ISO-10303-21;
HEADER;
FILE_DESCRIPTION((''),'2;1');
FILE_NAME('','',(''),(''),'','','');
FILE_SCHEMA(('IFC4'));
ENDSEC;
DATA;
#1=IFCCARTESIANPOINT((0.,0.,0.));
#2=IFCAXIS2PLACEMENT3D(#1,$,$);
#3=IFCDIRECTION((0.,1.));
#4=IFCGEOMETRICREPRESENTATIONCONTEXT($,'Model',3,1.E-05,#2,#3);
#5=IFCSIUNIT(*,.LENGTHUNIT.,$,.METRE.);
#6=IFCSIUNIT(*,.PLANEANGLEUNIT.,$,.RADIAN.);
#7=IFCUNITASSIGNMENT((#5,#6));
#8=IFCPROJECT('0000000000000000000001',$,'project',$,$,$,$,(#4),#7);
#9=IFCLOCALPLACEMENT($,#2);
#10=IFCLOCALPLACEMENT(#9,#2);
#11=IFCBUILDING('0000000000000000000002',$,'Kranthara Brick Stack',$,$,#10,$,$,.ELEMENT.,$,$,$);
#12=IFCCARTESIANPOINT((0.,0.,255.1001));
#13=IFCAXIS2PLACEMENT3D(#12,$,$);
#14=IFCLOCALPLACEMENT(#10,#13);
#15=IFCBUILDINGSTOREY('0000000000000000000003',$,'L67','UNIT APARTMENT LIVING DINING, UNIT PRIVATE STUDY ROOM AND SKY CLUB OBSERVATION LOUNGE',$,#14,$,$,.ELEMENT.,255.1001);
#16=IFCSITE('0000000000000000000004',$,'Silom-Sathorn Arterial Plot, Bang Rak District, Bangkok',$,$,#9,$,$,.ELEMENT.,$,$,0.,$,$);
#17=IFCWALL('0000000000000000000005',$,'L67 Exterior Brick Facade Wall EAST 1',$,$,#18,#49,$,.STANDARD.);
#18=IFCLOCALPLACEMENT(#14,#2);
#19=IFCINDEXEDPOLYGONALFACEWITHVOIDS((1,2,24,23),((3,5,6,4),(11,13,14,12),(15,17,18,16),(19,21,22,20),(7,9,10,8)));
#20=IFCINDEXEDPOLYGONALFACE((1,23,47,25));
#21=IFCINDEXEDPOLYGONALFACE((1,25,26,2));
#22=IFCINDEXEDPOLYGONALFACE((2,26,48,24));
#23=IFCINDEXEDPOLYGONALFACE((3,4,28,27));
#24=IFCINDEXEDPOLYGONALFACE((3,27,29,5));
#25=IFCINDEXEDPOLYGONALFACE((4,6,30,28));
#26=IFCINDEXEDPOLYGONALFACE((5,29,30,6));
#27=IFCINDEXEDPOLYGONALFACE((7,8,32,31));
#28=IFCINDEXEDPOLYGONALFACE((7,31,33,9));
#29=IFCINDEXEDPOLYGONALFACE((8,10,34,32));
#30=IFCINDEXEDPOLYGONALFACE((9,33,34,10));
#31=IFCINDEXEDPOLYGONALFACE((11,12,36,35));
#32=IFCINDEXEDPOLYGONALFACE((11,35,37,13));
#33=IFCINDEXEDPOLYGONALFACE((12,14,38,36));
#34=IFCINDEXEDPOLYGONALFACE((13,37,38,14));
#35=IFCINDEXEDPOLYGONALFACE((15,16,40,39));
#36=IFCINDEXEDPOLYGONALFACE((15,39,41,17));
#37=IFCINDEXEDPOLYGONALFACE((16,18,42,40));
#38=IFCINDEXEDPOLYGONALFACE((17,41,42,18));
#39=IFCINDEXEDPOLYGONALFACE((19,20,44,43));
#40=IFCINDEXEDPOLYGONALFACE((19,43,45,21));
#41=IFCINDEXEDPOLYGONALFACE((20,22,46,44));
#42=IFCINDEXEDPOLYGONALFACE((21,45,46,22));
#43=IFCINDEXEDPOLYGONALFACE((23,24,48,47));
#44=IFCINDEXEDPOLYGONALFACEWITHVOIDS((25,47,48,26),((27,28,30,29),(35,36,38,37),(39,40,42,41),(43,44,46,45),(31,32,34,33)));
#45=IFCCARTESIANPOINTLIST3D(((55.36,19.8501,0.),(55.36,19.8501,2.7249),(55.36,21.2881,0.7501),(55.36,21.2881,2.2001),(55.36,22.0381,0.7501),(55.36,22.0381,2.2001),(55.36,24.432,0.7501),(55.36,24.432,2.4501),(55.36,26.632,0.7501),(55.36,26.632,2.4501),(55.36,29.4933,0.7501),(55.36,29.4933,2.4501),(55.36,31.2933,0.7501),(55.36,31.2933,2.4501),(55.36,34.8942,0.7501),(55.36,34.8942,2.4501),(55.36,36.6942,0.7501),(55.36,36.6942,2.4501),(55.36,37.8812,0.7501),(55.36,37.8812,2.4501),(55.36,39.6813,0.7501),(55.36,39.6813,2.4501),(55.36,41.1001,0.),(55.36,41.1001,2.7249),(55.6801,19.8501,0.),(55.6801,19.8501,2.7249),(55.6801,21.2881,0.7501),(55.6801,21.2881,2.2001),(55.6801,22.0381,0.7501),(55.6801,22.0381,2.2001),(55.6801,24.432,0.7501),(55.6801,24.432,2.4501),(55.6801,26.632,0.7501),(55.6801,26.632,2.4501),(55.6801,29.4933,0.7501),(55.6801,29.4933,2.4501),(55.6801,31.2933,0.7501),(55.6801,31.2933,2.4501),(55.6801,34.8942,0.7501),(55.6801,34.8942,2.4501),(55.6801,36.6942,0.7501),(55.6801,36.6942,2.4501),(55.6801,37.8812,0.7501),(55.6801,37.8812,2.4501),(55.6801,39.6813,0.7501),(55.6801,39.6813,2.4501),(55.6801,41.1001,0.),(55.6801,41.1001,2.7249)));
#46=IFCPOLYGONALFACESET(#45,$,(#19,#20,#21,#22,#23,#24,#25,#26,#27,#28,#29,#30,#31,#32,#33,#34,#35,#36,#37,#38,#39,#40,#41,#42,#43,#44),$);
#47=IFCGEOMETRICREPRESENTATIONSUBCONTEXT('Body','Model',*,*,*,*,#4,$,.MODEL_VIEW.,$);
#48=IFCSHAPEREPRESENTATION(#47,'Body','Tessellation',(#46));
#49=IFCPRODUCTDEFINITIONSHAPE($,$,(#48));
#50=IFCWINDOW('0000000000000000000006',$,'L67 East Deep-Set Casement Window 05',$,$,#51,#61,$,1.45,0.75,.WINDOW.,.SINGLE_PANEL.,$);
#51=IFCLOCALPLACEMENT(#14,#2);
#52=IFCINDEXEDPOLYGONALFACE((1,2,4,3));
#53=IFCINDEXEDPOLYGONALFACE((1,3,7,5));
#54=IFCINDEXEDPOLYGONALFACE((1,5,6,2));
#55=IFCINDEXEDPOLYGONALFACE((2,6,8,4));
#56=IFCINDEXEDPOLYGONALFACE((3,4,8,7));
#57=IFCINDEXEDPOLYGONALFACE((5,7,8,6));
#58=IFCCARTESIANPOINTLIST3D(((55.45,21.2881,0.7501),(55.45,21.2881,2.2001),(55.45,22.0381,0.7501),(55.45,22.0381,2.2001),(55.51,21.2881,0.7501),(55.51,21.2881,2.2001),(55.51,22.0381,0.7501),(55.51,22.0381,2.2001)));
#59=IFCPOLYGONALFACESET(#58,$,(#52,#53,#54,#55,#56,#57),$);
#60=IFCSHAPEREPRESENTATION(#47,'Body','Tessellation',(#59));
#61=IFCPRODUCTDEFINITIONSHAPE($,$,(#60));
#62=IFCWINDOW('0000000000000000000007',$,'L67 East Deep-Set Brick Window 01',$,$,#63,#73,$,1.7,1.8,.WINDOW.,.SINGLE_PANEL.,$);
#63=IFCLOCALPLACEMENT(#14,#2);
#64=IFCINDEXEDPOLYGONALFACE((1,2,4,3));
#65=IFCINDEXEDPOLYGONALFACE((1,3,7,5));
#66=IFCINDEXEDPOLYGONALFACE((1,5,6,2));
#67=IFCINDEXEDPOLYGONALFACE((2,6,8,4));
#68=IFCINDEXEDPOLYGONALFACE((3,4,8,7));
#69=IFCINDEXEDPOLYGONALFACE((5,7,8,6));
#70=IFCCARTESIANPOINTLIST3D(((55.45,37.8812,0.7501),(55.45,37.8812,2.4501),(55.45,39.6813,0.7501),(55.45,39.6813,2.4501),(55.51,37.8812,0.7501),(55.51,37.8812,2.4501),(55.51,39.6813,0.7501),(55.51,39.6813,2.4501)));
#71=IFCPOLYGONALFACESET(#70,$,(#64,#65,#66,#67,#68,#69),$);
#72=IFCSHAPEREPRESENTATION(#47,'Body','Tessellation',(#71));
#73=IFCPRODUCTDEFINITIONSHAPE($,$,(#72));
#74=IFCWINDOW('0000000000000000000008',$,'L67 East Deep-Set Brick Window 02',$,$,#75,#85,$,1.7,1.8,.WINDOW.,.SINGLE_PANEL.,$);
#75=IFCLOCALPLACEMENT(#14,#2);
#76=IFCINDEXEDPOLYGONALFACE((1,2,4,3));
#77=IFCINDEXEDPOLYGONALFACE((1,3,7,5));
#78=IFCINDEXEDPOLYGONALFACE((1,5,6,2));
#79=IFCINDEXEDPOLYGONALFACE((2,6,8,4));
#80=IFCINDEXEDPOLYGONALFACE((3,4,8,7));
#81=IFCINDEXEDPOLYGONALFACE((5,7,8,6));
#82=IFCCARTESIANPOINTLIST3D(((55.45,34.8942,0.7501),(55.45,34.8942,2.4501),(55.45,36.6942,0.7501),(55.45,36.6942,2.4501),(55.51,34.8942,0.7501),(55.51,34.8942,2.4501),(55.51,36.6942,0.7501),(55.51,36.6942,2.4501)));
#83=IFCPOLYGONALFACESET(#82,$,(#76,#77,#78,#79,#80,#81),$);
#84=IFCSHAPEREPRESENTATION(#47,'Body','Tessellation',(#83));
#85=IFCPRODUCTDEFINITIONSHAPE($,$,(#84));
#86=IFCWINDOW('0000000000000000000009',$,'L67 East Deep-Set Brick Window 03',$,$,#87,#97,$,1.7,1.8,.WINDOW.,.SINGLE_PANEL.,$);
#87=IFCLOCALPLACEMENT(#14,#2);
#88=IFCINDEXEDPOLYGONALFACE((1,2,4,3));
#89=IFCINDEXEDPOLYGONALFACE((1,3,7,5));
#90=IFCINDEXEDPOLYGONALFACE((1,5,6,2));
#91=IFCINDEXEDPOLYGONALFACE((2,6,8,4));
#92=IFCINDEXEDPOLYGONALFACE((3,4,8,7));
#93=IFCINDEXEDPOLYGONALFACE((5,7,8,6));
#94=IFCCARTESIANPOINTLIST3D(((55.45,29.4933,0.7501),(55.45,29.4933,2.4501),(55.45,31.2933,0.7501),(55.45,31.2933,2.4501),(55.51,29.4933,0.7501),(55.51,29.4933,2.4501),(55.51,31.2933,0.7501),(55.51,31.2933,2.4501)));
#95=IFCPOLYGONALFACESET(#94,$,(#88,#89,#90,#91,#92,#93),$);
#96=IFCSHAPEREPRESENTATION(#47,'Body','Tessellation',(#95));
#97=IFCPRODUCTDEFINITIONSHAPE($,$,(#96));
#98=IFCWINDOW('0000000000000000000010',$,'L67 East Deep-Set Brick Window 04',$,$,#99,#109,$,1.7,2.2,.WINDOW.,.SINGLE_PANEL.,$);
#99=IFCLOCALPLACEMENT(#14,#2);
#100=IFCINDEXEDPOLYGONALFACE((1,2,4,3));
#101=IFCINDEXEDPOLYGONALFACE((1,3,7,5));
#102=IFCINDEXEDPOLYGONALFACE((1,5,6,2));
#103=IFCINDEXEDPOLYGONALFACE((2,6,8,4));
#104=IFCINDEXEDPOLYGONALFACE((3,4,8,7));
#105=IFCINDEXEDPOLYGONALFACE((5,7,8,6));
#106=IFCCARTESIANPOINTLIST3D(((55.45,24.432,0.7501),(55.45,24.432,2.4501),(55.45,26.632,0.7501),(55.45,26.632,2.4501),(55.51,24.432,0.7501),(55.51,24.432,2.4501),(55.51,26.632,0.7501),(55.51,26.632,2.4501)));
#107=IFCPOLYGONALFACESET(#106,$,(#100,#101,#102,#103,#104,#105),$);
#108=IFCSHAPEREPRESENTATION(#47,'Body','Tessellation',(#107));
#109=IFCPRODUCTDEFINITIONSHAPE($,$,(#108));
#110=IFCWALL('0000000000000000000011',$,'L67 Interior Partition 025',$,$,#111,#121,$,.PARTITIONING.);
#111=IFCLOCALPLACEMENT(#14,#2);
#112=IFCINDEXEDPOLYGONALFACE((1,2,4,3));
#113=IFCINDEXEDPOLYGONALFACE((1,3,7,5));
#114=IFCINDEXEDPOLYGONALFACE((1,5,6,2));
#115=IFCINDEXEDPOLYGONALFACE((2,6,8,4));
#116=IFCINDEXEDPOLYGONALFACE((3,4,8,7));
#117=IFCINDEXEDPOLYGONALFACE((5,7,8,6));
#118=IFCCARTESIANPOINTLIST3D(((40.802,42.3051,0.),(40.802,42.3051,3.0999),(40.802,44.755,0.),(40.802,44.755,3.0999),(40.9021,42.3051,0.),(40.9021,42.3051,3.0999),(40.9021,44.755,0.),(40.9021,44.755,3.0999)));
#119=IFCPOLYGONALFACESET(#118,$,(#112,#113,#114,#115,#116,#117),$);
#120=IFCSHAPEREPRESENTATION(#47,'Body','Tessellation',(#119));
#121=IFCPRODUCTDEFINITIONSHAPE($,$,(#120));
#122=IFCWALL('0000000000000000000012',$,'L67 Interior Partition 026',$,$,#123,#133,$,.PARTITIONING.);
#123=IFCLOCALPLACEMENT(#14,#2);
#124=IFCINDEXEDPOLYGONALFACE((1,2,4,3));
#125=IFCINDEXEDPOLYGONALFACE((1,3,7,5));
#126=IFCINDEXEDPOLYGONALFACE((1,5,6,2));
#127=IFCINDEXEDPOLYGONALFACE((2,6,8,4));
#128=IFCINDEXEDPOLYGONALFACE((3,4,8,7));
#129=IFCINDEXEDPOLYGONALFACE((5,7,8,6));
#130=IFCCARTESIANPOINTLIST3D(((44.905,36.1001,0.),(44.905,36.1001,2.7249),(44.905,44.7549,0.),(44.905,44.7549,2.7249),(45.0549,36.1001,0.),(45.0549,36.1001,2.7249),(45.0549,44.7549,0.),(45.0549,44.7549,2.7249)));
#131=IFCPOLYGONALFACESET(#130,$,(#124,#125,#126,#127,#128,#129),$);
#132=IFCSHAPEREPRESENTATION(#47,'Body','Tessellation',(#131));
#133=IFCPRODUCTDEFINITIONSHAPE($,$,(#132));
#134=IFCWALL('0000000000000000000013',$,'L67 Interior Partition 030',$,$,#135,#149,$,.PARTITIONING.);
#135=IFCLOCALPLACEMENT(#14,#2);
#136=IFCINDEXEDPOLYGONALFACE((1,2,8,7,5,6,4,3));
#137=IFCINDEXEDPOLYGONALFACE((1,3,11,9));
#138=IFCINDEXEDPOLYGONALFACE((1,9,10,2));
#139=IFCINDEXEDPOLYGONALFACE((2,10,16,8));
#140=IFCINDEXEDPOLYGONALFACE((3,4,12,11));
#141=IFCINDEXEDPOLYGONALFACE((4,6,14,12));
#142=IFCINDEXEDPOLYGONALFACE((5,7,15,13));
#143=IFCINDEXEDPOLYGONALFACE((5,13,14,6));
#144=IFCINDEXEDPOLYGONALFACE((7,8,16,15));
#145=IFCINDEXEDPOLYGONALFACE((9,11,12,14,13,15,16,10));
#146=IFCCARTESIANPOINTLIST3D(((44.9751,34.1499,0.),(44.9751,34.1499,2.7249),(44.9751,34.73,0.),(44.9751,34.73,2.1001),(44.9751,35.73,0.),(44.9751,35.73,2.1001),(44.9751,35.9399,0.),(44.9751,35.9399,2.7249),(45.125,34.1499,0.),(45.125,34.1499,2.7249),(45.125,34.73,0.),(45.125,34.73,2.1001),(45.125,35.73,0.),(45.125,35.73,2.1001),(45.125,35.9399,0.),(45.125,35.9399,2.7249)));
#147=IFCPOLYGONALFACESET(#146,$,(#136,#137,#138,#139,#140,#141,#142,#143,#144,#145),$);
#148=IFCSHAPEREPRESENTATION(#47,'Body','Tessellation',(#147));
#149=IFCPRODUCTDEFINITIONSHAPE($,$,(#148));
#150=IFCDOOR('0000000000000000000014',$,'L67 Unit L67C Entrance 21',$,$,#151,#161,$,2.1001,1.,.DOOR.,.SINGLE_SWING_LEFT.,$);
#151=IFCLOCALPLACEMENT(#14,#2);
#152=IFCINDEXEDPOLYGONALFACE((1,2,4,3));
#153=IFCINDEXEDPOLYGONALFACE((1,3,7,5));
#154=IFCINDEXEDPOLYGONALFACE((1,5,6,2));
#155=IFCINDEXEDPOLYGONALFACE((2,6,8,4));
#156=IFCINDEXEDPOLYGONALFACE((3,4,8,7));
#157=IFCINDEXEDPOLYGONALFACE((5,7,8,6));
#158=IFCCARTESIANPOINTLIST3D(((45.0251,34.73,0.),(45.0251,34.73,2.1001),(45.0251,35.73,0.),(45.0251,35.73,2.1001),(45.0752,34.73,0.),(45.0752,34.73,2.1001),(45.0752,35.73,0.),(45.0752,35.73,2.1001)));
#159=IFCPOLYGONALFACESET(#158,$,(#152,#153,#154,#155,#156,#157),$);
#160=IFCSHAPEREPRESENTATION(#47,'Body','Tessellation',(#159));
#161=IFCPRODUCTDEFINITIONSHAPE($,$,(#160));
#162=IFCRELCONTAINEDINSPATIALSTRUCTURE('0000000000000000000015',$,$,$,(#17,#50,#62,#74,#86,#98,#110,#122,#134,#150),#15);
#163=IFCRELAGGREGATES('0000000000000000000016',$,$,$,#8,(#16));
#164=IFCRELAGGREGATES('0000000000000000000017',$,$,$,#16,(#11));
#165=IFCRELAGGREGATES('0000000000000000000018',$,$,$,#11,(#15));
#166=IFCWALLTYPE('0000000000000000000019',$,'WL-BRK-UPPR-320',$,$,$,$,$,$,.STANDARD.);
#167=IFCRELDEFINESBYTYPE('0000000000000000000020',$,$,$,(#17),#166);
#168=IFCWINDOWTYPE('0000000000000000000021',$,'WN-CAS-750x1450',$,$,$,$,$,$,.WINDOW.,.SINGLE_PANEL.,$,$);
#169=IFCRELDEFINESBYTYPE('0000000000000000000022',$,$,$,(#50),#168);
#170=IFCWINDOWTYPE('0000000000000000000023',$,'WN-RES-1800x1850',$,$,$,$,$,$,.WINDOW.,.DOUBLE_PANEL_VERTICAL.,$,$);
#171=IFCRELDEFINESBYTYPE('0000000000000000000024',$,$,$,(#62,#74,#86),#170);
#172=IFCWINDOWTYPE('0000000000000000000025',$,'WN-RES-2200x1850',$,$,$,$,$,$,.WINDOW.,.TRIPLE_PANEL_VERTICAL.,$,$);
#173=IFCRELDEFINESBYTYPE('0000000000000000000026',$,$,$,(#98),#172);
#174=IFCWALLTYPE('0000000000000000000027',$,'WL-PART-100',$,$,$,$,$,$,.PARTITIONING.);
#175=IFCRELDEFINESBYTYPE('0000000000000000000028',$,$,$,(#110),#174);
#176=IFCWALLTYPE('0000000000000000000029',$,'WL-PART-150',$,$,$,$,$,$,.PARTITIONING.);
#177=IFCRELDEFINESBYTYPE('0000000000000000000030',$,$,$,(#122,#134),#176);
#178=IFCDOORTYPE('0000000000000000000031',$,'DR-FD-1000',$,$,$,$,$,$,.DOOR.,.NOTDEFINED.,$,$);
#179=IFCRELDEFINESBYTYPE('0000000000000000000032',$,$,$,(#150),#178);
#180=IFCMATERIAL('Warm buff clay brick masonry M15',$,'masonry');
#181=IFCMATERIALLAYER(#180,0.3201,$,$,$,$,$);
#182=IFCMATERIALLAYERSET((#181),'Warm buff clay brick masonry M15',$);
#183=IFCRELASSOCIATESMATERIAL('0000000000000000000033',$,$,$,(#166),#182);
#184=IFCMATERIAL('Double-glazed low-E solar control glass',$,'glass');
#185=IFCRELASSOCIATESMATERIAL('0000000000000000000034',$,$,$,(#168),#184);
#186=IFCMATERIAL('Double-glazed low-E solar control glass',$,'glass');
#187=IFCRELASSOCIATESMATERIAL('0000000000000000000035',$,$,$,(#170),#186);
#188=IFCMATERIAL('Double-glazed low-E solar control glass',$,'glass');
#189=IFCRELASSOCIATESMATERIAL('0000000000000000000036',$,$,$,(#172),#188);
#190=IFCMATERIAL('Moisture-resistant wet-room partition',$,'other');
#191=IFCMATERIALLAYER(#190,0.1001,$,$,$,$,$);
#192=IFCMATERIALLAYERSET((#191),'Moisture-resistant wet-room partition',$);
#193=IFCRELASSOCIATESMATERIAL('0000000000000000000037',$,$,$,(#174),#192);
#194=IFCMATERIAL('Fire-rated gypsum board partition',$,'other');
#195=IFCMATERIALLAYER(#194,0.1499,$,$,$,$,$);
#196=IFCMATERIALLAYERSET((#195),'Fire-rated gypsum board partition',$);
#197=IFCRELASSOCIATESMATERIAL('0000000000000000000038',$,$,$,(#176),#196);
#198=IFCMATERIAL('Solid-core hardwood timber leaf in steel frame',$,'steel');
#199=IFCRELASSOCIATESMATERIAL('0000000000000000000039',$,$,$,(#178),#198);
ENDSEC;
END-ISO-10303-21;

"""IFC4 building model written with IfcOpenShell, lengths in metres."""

from ifc_helpers import new_model, si_unit, direction, frame, frame_2d, origin, place, context, subcontext, project, spatial, rectangle, extrude, material, layer, layer_set, type_object, element, fill, save


model = new_model("IFC4")

# Units and contexts
model_context = context("Model", 3, precision=1e-05, world=origin(), true_north=direction((0.0, 1.0)))
body_context = subcontext(model_context, "Body", "Model", "MODEL_VIEW")
ifc_project = project(units=[si_unit("LENGTHUNIT", "METRE"), si_unit("PLANEANGLEUNIT", "RADIAN")], contexts=[model_context])

# Site, building, storey
site_placement = place(None, origin())
site = spatial("IfcSite", under=ifc_project, at=site_placement, Name="Silom-Sathorn Arterial Plot, Bang Rak District, Bangkok", CompositionType="ELEMENT", RefElevation=0.0)
building_placement = place(site_placement, origin())
building = spatial("IfcBuilding", under=site, at=building_placement, Name="Kranthara Brick Stack", CompositionType="ELEMENT")
storey_placement = place(building_placement, frame((0.0, 0.0, 255.1001)))
storey = spatial("IfcBuildingStorey", under=building, at=storey_placement, Name="L67", Description="UNIT APARTMENT LIVING DINING, UNIT PRIVATE STUDY ROOM AND SKY CLUB OBSERVATION LOUNGE", CompositionType="ELEMENT", Elevation=255.1001)

# Shared definitions
ifc_material_1 = material(Name="Warm buff clay brick masonry M15", Category="masonry")
ifc_layer_1 = layer(ifc_material_1, 0.3201)
ifc_layer_set_1 = layer_set([ifc_layer_1], Name="Warm buff clay brick masonry M15")
wall_type_1 = type_object("IfcWallType", Name="WL-BRK-UPPR-320", PredefinedType="STANDARD", material=ifc_layer_set_1)

# Wall, openings, windows
wall_1_placement = place(storey_placement, frame((55.52, 41.1001, 0.0), z_axis=(0.0, 0.0, 1.0), x_axis=(0.0, -1.0, 0.0)))
wall_1 = element("IfcWall", 1, at=wall_1_placement, inside=storey, type_object=wall_type_1, Name="L67 Exterior Brick Facade Wall EAST 1", PredefinedType="STANDARD", context=body_context, shape_type="SweptSolid", body=[
    extrude(rectangle(XDim=21.25, YDim=0.3201, at=frame_2d((10.625, 0.0))), origin(), (0.0, 0.0, 1.0), 2.7249),
])
opening_1_placement = place(wall_1_placement, frame((1.4189, 0.0, 0.75)))
opening_1 = element("IfcOpeningElement", 2, at=opening_1_placement, cuts=wall_1, PredefinedType="OPENING", context=body_context, shape_type="SweptSolid", body=[
    extrude(rectangle(XDim=1.8, YDim=1.7, at=frame_2d((0.8999, 0.8501))), frame((0.0, 0.1699, 0.0), z_axis=(0.0, -1.0, 0.0), x_axis=(1.0, 0.0, 0.0)), (0.0, 0.0, 1.0), 0.3401),
])
opening_2_placement = place(wall_1_placement, frame((4.406, 0.0, 0.75)))
opening_2 = element("IfcOpeningElement", 3, at=opening_2_placement, cuts=wall_1, PredefinedType="OPENING", context=body_context, shape_type="SweptSolid", body=[
    extrude(rectangle(XDim=1.8, YDim=1.7, at=frame_2d((0.8999, 0.8501))), frame((0.0, 0.1699, 0.0), z_axis=(0.0, -1.0, 0.0), x_axis=(1.0, 0.0, 0.0)), (0.0, 0.0, 1.0), 0.3401),
])
opening_3_placement = place(wall_1_placement, frame((9.8069, 0.0, 0.75)))
opening_3 = element("IfcOpeningElement", 4, at=opening_3_placement, cuts=wall_1, PredefinedType="OPENING", context=body_context, shape_type="SweptSolid", body=[
    extrude(rectangle(XDim=1.8, YDim=1.7, at=frame_2d((0.8999, 0.8501))), frame((0.0, 0.1699, 0.0), z_axis=(0.0, -1.0, 0.0), x_axis=(1.0, 0.0, 0.0)), (0.0, 0.0, 1.0), 0.3401),
])
opening_4_placement = place(wall_1_placement, frame((14.468, 0.0, 0.75)))
opening_4 = element("IfcOpeningElement", 5, at=opening_4_placement, cuts=wall_1, PredefinedType="OPENING", context=body_context, shape_type="SweptSolid", body=[
    extrude(rectangle(XDim=2.2, YDim=1.7, at=frame_2d((1.1001, 0.8501))), frame((0.0, 0.1699, 0.0), z_axis=(0.0, -1.0, 0.0), x_axis=(1.0, 0.0, 0.0)), (0.0, 0.0, 1.0), 0.3401),
])
opening_5_placement = place(wall_1_placement, frame((19.062, 0.0, 0.75)))
opening_5 = element("IfcOpeningElement", 6, at=opening_5_placement, cuts=wall_1, PredefinedType="OPENING", context=body_context, shape_type="SweptSolid", body=[
    extrude(rectangle(XDim=0.75, YDim=1.45, at=frame_2d((0.375, 0.7251))), frame((0.0, 0.1699, 0.0), z_axis=(0.0, -1.0, 0.0), x_axis=(1.0, 0.0, 0.0)), (0.0, 0.0, 1.0), 0.3401),
])
ifc_material_2 = material(Name="Double-glazed low-E solar control glass", Category="glass")
window_type_1 = type_object("IfcWindowType", Name="WN-CAS-750x1450", PartitioningType="SINGLE_PANEL", PredefinedType="WINDOW", material=ifc_material_2)
window_1_placement = place(opening_5_placement, origin())
window_1 = element("IfcWindow", 7, at=window_1_placement, inside=storey, type_object=window_type_1, Name="L67 East Deep-Set Casement Window 05", OverallHeight=1.45, OverallWidth=0.75, PartitioningType="SINGLE_PANEL", PredefinedType="WINDOW", context=body_context, shape_type="SweptSolid", body=[
    extrude(rectangle(XDim=0.75, YDim=1.45, at=frame_2d((0.375, 0.7251))), frame((0.0, -0.01, 0.0), z_axis=(0.0, -1.0, 0.0), x_axis=(1.0, 0.0, 0.0)), (0.0, 0.0, 1.0), 0.0601),
])
fill(opening_5, window_1)
ifc_material_3 = material(Name="Double-glazed low-E solar control glass", Category="glass")
window_type_2 = type_object("IfcWindowType", Name="WN-RES-1800x1850", PartitioningType="DOUBLE_PANEL_VERTICAL", PredefinedType="WINDOW", material=ifc_material_3)
window_2_placement = place(opening_1_placement, origin())
window_2 = element("IfcWindow", 8, at=window_2_placement, inside=storey, type_object=window_type_2, Name="L67 East Deep-Set Brick Window 01", OverallHeight=1.7, OverallWidth=1.8, PartitioningType="SINGLE_PANEL", PredefinedType="WINDOW", context=body_context, shape_type="SweptSolid", body=[
    extrude(rectangle(XDim=1.8, YDim=1.7, at=frame_2d((0.8999, 0.8501))), frame((0.0, -0.01, 0.0), z_axis=(0.0, -1.0, 0.0), x_axis=(1.0, 0.0, 0.0)), (0.0, 0.0, 1.0), 0.0601),
])
fill(opening_1, window_2)
window_3_placement = place(opening_2_placement, origin())
window_3 = element("IfcWindow", 9, at=window_3_placement, inside=storey, type_object=window_type_2, Name="L67 East Deep-Set Brick Window 02", OverallHeight=1.7, OverallWidth=1.8, PartitioningType="SINGLE_PANEL", PredefinedType="WINDOW", context=body_context, shape_type="SweptSolid", body=[
    extrude(rectangle(XDim=1.8, YDim=1.7, at=frame_2d((0.8999, 0.8501))), frame((0.0, -0.01, 0.0), z_axis=(0.0, -1.0, 0.0), x_axis=(1.0, 0.0, 0.0)), (0.0, 0.0, 1.0), 0.0601),
])
fill(opening_2, window_3)
window_4_placement = place(opening_3_placement, origin())
window_4 = element("IfcWindow", 10, at=window_4_placement, inside=storey, type_object=window_type_2, Name="L67 East Deep-Set Brick Window 03", OverallHeight=1.7, OverallWidth=1.8, PartitioningType="SINGLE_PANEL", PredefinedType="WINDOW", context=body_context, shape_type="SweptSolid", body=[
    extrude(rectangle(XDim=1.8, YDim=1.7, at=frame_2d((0.8999, 0.8501))), frame((0.0, -0.01, 0.0), z_axis=(0.0, -1.0, 0.0), x_axis=(1.0, 0.0, 0.0)), (0.0, 0.0, 1.0), 0.0601),
])
fill(opening_3, window_4)
ifc_material_4 = material(Name="Double-glazed low-E solar control glass", Category="glass")
window_type_3 = type_object("IfcWindowType", Name="WN-RES-2200x1850", PartitioningType="TRIPLE_PANEL_VERTICAL", PredefinedType="WINDOW", material=ifc_material_4)
window_5_placement = place(opening_4_placement, origin())
window_5 = element("IfcWindow", 11, at=window_5_placement, inside=storey, type_object=window_type_3, Name="L67 East Deep-Set Brick Window 04", OverallHeight=1.7, OverallWidth=2.2, PartitioningType="SINGLE_PANEL", PredefinedType="WINDOW", context=body_context, shape_type="SweptSolid", body=[
    extrude(rectangle(XDim=2.2, YDim=1.7, at=frame_2d((1.1001, 0.8501))), frame((0.0, -0.01, 0.0), z_axis=(0.0, -1.0, 0.0), x_axis=(1.0, 0.0, 0.0)), (0.0, 0.0, 1.0), 0.0601),
])
fill(opening_4, window_5)

# Walls
ifc_material_5 = material(Name="Moisture-resistant wet-room partition", Category="other")
ifc_layer_2 = layer(ifc_material_5, 0.1001)
ifc_layer_set_2 = layer_set([ifc_layer_2], Name="Moisture-resistant wet-room partition")
wall_type_2 = type_object("IfcWallType", Name="WL-PART-100", PredefinedType="PARTITIONING", material=ifc_layer_set_2)
wall_2_placement = place(storey_placement, frame((40.8521, 42.3049, 0.0), z_axis=(0.0, 0.0, 1.0), x_axis=(0.0, 1.0, 0.0)))
element("IfcWall", 12, at=wall_2_placement, inside=storey, type_object=wall_type_2, Name="L67 Interior Partition 025", PredefinedType="PARTITIONING", context=body_context, shape_type="SweptSolid", body=[
    extrude(rectangle(XDim=2.45, YDim=0.1001, at=frame_2d((1.2251, 0.0))), origin(), (0.0, 0.0, 1.0), 3.0999),
])
ifc_material_6 = material(Name="Fire-rated gypsum board partition", Category="other")
ifc_layer_3 = layer(ifc_material_6, 0.1499)
ifc_layer_set_3 = layer_set([ifc_layer_3], Name="Fire-rated gypsum board partition")
wall_type_3 = type_object("IfcWallType", Name="WL-PART-150", PredefinedType="PARTITIONING", material=ifc_layer_set_3)
wall_3_placement = place(storey_placement, frame((44.98, 36.1001, 0.0), z_axis=(0.0, 0.0, 1.0), x_axis=(0.0, 1.0, 0.0)))
element("IfcWall", 13, at=wall_3_placement, inside=storey, type_object=wall_type_3, Name="L67 Interior Partition 026", PredefinedType="PARTITIONING", context=body_context, shape_type="SweptSolid", body=[
    extrude(rectangle(XDim=8.6548, YDim=0.1499, at=frame_2d((4.3274, 0.0))), origin(), (0.0, 0.0, 1.0), 2.7249),
])

# Wall, opening, door
wall_4_placement = place(storey_placement, frame((45.05, 34.1499, 0.0), z_axis=(0.0, 0.0, 1.0), x_axis=(0.0, 1.0, 0.0)))
wall_4 = element("IfcWall", 14, at=wall_4_placement, inside=storey, type_object=wall_type_3, Name="L67 Interior Partition 030", PredefinedType="PARTITIONING", context=body_context, shape_type="SweptSolid", body=[
    extrude(rectangle(XDim=1.79, YDim=0.1499, at=frame_2d((0.895, 0.0))), origin(), (0.0, 0.0, 1.0), 2.7249),
])
opening_6_placement = place(wall_4_placement, frame((0.5801, 0.0, 0.0)))
opening_6 = element("IfcOpeningElement", 15, at=opening_6_placement, cuts=wall_4, PredefinedType="OPENING", context=body_context, shape_type="SweptSolid", body=[
    extrude(rectangle(XDim=1.0, YDim=2.1001, at=frame_2d((0.5, 1.05))), frame((0.0, 0.085, 0.0), z_axis=(0.0, -1.0, 0.0), x_axis=(1.0, 0.0, 0.0)), (0.0, 0.0, 1.0), 0.1699),
])
ifc_material_7 = material(Name="Solid-core hardwood timber leaf in steel frame", Category="steel")
door_type = type_object("IfcDoorType", Name="DR-FD-1000", OperationType="NOTDEFINED", PredefinedType="DOOR", material=ifc_material_7)
door_placement = place(opening_6_placement, origin())
door = element("IfcDoor", 16, at=door_placement, inside=storey, type_object=door_type, Name="L67 Unit L67C Entrance 21", OperationType="SINGLE_SWING_LEFT", OverallHeight=2.1001, OverallWidth=1.0, PredefinedType="DOOR", context=body_context, shape_type="SweptSolid", body=[
    extrude(rectangle(XDim=1.0, YDim=2.1001, at=frame_2d((0.5, 1.05))), frame((0.0, 0.0249, 0.0), z_axis=(0.0, -1.0, 0.0), x_axis=(1.0, 0.0, 0.0)), (0.0, 0.0, 1.0), 0.05),
])
fill(opening_6, door)

save(model, "model.ifc")
